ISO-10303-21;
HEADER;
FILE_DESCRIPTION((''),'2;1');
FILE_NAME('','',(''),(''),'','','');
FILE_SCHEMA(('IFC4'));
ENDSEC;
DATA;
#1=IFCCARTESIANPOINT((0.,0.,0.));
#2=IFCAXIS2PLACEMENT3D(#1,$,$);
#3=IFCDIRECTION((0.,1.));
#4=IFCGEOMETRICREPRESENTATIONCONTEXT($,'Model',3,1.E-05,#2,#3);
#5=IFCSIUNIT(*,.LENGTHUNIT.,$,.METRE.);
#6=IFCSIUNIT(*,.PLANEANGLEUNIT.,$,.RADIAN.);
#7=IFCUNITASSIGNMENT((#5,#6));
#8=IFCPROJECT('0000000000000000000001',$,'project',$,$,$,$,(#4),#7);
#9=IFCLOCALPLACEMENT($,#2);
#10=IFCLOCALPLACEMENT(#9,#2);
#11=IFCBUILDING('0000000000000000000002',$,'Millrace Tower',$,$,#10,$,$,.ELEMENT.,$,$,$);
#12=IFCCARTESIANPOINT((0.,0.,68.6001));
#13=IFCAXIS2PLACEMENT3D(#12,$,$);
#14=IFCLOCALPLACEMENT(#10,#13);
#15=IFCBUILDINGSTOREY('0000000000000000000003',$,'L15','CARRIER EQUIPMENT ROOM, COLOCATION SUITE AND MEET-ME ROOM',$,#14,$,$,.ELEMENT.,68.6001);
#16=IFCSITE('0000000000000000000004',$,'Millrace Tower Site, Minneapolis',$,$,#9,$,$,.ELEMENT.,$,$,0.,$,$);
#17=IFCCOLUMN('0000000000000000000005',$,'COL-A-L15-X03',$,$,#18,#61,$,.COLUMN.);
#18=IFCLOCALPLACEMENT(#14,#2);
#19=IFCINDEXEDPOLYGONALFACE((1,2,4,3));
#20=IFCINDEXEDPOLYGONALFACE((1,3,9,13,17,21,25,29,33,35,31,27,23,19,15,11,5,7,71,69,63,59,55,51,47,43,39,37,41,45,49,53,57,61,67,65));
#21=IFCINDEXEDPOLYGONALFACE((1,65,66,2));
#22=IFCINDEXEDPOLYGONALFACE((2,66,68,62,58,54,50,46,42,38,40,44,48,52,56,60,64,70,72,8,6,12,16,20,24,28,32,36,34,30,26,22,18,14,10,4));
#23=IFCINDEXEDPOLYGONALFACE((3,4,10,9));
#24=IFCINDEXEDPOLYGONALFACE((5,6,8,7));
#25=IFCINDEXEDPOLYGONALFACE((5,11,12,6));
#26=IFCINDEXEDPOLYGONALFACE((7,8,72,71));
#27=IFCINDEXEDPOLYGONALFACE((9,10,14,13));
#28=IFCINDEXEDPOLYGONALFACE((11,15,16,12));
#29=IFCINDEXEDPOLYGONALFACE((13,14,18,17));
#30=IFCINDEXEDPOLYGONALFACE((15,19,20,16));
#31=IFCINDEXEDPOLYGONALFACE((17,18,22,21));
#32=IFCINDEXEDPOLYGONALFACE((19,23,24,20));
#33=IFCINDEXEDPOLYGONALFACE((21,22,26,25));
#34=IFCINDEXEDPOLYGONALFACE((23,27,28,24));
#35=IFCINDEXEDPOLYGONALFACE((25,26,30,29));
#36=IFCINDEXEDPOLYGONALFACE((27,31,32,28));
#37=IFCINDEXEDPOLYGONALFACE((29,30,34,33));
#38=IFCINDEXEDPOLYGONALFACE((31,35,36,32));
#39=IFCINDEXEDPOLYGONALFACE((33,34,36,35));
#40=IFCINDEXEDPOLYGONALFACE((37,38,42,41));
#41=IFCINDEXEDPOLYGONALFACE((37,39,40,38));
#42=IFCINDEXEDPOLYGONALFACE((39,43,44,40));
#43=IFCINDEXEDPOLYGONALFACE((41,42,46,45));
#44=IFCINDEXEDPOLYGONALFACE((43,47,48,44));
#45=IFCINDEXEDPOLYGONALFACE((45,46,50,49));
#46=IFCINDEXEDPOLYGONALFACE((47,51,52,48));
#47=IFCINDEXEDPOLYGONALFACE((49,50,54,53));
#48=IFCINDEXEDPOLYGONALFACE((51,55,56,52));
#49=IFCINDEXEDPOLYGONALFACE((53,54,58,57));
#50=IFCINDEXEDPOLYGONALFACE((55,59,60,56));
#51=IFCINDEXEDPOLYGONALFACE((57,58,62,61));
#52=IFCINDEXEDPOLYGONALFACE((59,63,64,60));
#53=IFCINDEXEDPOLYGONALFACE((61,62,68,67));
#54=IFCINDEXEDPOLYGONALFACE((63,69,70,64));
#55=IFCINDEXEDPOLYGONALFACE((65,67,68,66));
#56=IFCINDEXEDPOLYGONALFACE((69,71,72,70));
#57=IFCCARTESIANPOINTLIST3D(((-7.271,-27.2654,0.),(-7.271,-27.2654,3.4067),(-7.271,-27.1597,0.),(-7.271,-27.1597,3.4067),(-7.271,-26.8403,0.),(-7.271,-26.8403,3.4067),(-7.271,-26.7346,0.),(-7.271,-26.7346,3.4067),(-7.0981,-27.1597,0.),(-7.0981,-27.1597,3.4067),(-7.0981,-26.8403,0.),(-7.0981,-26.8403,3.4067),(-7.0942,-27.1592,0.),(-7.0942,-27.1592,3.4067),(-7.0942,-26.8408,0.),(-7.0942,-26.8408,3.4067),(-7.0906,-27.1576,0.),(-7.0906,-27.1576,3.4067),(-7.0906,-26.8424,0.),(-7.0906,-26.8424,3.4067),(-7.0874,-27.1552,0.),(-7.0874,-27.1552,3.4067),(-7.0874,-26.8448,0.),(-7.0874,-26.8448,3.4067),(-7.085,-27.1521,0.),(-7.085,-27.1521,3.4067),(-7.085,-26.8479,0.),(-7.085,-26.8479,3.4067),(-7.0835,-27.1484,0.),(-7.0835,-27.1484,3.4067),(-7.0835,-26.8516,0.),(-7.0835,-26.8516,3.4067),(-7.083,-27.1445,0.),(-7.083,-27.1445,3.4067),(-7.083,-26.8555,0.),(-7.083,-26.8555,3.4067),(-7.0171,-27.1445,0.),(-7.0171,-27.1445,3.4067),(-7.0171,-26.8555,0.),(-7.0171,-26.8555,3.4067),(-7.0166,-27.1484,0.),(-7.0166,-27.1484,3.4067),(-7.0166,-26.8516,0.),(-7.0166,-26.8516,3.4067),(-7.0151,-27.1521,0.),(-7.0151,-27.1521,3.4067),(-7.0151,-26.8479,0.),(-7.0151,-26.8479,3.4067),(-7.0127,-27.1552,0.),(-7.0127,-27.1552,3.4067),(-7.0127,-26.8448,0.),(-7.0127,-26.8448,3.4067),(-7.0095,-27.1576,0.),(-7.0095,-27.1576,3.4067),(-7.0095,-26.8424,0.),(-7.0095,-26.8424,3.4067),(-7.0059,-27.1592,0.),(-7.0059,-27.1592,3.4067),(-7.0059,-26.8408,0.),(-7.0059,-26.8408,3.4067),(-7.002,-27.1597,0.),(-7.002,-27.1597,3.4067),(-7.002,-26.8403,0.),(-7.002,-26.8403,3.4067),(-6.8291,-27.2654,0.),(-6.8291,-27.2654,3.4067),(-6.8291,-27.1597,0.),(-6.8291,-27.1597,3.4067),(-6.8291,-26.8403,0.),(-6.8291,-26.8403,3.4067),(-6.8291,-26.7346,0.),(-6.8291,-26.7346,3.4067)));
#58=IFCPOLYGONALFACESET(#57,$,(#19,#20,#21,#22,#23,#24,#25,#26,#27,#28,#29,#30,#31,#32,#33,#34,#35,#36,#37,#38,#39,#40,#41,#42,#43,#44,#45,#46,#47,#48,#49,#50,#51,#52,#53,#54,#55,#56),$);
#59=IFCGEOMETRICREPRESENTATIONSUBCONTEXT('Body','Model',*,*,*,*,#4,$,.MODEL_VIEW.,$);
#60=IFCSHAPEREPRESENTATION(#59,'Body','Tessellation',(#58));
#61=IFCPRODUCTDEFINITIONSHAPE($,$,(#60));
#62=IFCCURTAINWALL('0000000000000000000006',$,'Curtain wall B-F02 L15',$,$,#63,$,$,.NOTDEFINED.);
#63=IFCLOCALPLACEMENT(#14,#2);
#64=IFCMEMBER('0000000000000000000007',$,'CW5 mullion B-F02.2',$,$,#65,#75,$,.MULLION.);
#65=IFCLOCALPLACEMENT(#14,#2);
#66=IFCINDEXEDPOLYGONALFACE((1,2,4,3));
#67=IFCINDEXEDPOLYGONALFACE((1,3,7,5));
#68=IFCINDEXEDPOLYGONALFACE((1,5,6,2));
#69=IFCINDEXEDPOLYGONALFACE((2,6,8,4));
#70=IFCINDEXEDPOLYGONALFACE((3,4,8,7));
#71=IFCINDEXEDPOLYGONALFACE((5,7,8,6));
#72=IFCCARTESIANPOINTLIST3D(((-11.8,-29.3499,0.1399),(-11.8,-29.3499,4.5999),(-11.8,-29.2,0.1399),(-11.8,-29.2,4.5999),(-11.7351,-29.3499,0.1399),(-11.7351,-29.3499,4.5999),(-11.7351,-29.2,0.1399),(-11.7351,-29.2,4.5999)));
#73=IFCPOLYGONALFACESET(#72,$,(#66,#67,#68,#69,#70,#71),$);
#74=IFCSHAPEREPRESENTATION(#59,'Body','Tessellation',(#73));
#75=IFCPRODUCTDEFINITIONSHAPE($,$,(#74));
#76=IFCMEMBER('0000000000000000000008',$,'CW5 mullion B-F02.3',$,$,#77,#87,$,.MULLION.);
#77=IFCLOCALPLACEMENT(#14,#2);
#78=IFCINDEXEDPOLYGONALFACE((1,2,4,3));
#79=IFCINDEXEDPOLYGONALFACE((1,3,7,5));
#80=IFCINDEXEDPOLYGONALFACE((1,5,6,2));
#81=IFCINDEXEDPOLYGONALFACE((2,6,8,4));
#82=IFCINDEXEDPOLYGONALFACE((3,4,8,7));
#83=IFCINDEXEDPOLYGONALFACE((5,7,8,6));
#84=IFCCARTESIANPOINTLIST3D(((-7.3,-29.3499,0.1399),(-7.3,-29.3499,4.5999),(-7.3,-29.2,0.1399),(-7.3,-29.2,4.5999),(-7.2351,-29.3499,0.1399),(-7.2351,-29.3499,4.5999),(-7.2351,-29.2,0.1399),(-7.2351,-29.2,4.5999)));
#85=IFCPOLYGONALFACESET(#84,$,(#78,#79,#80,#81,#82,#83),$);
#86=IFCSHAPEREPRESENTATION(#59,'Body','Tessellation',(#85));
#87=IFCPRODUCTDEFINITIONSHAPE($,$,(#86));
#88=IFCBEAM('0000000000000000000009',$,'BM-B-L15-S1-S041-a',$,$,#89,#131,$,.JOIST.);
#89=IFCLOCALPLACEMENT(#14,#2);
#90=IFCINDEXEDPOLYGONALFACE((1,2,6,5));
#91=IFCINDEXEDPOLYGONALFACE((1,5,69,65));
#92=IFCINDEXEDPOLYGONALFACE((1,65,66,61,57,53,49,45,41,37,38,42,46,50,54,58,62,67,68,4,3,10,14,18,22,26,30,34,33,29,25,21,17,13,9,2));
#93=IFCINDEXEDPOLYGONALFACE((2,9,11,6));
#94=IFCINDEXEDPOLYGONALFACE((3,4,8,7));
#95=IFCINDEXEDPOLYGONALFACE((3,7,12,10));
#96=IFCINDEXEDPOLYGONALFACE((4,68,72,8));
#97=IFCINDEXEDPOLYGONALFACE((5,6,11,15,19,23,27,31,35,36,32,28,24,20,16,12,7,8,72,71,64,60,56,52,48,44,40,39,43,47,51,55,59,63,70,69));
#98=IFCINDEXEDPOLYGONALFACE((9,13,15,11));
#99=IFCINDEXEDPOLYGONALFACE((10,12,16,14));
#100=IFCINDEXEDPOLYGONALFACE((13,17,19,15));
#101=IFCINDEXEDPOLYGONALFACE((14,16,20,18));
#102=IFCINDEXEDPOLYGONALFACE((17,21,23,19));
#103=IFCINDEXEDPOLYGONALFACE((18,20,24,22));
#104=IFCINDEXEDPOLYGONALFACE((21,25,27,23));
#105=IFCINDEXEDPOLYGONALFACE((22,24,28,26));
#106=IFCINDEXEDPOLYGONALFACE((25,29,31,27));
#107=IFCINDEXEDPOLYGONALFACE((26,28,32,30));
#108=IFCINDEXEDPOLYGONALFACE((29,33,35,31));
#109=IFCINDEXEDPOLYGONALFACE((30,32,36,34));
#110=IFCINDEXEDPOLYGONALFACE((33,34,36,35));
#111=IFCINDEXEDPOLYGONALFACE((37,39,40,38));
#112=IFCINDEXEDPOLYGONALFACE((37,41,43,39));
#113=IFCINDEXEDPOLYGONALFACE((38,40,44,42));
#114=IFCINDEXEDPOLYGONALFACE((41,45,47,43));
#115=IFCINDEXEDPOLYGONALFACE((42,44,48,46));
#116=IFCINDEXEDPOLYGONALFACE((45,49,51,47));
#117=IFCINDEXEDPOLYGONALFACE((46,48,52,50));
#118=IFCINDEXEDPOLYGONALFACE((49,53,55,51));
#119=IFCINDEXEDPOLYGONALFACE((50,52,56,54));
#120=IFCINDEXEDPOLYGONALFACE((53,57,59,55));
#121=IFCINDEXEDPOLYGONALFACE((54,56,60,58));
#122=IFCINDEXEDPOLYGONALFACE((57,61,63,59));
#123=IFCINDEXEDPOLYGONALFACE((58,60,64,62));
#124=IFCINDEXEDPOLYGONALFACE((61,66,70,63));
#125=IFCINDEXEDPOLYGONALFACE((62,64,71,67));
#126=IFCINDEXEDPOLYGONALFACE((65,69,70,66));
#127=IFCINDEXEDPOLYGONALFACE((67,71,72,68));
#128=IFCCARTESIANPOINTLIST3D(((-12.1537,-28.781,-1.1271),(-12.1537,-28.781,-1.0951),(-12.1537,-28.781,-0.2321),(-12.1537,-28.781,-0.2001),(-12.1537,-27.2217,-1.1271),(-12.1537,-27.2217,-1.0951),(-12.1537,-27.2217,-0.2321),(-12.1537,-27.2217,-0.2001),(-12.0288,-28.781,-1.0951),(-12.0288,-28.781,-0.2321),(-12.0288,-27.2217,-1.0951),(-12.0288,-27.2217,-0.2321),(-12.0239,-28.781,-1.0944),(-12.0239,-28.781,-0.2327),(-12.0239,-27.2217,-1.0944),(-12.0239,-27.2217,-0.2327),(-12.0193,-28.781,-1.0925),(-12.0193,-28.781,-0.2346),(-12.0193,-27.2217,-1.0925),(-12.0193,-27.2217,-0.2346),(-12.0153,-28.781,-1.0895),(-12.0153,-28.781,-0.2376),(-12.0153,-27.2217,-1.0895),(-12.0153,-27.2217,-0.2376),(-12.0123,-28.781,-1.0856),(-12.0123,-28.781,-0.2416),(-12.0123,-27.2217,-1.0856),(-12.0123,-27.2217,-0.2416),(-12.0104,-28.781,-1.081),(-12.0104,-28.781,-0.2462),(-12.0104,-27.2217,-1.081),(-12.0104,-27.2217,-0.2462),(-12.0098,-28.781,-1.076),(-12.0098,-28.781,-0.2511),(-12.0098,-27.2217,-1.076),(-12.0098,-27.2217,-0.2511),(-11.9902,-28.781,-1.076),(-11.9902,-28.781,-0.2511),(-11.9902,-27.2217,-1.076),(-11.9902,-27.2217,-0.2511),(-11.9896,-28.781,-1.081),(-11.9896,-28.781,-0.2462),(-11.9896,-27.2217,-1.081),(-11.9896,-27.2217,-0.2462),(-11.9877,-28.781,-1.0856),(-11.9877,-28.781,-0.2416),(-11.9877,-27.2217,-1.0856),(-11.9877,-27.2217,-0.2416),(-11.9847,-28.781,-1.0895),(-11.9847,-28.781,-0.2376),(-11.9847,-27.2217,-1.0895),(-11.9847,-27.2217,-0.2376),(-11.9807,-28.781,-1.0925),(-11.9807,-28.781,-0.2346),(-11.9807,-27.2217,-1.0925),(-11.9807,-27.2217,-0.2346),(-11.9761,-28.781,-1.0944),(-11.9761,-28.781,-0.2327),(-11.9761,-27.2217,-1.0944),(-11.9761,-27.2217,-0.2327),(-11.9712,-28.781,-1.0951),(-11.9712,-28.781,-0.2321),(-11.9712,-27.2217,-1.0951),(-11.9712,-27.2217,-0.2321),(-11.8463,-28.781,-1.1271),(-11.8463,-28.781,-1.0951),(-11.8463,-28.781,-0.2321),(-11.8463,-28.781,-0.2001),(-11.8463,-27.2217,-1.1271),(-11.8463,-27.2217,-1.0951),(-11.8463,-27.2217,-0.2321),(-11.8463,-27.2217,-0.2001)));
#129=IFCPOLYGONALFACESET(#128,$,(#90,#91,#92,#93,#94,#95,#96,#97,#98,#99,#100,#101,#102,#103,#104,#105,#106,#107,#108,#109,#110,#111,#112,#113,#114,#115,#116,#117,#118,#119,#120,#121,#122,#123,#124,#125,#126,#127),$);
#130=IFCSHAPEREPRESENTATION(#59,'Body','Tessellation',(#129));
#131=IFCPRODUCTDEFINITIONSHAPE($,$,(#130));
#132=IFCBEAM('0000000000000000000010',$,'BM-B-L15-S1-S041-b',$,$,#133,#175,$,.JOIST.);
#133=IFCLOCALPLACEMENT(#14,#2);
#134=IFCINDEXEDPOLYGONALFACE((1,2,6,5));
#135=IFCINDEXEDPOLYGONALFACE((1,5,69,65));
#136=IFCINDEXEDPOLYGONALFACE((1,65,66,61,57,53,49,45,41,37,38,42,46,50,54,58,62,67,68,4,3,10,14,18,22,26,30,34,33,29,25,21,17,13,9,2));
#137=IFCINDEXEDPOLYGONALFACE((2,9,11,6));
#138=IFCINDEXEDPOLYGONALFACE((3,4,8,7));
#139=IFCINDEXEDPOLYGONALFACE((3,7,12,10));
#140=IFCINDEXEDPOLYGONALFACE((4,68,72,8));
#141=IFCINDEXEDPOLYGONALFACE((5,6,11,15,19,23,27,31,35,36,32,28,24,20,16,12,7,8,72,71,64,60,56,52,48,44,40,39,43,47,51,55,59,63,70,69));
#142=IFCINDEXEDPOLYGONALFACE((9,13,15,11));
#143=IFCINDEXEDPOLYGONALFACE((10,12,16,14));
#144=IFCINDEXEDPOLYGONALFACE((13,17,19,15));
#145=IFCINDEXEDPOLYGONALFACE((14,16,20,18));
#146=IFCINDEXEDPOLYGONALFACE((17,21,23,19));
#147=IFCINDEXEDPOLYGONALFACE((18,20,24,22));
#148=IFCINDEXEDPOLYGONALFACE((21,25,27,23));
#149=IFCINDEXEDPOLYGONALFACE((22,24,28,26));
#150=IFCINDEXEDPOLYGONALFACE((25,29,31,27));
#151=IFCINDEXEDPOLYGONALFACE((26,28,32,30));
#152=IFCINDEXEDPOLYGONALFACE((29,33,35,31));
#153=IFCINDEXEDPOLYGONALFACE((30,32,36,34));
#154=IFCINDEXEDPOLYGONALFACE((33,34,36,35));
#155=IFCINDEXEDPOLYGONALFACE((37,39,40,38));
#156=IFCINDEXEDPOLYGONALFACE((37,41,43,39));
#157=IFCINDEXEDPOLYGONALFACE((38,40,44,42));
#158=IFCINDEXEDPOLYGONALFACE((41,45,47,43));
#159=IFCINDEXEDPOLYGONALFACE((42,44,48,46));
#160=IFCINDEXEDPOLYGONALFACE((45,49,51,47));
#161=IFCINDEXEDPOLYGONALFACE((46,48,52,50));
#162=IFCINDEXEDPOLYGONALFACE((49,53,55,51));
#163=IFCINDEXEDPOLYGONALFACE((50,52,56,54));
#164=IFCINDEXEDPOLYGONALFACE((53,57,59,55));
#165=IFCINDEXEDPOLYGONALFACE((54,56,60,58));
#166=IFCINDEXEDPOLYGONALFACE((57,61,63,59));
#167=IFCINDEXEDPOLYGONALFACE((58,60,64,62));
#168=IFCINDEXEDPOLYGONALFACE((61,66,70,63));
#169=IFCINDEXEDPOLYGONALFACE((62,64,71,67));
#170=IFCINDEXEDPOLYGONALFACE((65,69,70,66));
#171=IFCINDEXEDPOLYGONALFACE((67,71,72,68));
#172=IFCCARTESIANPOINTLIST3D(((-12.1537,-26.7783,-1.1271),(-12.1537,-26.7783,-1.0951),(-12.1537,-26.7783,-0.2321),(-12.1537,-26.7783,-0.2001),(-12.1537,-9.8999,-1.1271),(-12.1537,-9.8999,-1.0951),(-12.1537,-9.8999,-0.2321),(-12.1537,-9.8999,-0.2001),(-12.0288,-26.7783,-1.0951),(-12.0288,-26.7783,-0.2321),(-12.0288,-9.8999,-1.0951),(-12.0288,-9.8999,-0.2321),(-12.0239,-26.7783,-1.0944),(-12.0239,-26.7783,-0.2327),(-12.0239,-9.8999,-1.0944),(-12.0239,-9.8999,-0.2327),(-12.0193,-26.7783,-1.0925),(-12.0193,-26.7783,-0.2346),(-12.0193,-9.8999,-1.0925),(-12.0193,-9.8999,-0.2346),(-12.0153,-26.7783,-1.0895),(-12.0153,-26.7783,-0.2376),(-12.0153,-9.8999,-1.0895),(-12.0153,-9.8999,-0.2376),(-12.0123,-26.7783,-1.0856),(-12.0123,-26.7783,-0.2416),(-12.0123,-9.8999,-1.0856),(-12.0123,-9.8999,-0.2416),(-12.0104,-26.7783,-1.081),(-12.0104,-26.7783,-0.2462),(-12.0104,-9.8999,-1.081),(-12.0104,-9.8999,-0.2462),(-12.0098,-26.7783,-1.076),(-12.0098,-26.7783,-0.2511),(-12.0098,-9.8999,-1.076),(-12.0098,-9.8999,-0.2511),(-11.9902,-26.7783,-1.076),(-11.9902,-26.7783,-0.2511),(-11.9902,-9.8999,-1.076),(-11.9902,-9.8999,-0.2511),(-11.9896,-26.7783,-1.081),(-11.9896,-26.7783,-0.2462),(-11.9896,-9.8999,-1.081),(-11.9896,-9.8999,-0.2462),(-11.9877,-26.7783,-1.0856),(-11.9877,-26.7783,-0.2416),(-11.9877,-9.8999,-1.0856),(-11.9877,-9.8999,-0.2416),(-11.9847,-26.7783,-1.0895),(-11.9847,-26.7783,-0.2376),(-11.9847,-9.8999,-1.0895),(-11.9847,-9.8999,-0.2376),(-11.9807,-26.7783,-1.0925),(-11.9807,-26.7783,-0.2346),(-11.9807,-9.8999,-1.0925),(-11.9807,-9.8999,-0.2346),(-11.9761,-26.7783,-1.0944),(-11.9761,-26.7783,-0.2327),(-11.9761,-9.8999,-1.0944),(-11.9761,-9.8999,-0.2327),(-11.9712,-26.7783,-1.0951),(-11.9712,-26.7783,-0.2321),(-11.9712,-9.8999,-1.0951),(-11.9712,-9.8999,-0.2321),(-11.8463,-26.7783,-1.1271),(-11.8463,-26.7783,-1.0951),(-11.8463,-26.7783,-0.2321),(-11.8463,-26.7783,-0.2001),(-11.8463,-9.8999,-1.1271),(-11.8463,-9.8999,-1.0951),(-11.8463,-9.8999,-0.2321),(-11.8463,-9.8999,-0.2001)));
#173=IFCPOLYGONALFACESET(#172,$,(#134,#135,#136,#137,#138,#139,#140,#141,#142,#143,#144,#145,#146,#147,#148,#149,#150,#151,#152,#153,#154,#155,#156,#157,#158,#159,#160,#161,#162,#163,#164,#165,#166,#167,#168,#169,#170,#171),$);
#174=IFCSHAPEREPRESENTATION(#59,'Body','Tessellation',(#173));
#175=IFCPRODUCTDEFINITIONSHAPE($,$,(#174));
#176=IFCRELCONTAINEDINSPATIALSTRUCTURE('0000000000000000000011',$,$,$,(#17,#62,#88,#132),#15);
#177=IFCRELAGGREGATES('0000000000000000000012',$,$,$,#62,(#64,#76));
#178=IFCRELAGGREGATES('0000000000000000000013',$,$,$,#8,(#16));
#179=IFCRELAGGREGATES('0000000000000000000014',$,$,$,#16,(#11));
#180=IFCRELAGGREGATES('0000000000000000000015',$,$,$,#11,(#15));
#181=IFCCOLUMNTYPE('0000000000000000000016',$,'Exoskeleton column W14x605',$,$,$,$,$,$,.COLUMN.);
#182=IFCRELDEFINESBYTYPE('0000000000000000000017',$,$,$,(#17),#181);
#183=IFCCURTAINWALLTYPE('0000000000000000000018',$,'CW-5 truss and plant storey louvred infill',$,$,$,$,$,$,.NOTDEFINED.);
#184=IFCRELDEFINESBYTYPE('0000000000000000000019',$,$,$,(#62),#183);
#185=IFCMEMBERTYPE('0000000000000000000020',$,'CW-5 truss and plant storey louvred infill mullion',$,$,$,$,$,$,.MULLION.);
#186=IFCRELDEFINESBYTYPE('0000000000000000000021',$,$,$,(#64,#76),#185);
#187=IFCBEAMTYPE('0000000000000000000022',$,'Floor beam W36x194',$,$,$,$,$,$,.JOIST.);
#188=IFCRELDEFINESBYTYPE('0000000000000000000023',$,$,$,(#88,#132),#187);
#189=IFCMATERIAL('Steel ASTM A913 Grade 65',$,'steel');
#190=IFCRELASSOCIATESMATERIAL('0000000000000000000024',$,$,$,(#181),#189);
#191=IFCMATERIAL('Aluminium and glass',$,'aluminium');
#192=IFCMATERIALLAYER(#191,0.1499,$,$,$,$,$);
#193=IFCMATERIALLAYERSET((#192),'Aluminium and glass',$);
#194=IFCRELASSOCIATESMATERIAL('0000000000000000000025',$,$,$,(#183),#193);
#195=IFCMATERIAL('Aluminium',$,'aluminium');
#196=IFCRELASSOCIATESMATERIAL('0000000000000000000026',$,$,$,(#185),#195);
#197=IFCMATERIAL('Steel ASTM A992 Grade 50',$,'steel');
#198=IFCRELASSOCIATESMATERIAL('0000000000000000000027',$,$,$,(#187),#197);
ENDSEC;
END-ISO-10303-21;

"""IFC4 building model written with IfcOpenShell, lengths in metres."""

from ifc_helpers import new_model, si_unit, direction, frame, origin, origin_2d, place, context, subcontext, project, spatial, rectangle, i_section, extrude, material, layer, layer_set, material_profile, profile_set, type_object, element, aggregate, save


model = new_model("IFC4")

# Units and contexts
model_context = context("Model", 3, precision=1e-05, world=origin(), true_north=direction((0.0, 1.0)))
body_context = subcontext(model_context, "Body", "Model", "MODEL_VIEW")
ifc_project = project(units=[si_unit("LENGTHUNIT", "METRE"), si_unit("PLANEANGLEUNIT", "RADIAN")], contexts=[model_context])

# Site, building, storey
site_placement = place(None, origin())
site = spatial("IfcSite", under=ifc_project, at=site_placement, Name="Millrace Tower Site, Minneapolis", CompositionType="ELEMENT", RefElevation=0.0)
building_placement = place(site_placement, origin())
building = spatial("IfcBuilding", under=site, at=building_placement, Name="Millrace Tower", CompositionType="ELEMENT")
storey_placement = place(building_placement, frame((0.0, 0.0, 68.6001)))
storey = spatial("IfcBuildingStorey", under=building, at=storey_placement, Name="L15", Description="CARRIER EQUIPMENT ROOM, COLOCATION SUITE AND MEET-ME ROOM", CompositionType="ELEMENT", Elevation=68.6001)

# Column
ifc_material_1 = material(Name="Steel ASTM A913 Grade 65", Category="steel")
ifc_material_profile_1 = material_profile(ifc_material_1, i_section(OverallWidth=0.4419, OverallDepth=0.5308, WebThickness=0.0659, FlangeThickness=0.1057, FilletRadius=0.0151, at=origin_2d()))
ifc_profile_set_1 = profile_set([ifc_material_profile_1], Name="Steel ASTM A913 Grade 65")
column_type = type_object("IfcColumnType", Name="Exoskeleton column W14x605", PredefinedType="COLUMN", material=ifc_profile_set_1)
column_placement = place(storey_placement, frame((-7.05, -27.0, 0.0), z_axis=(0.0, 0.0, 1.0), x_axis=(1.0, 0.0, 0.0)))
element("IfcColumn", 1, at=column_placement, inside=storey, type_object=column_type, Name="COL-A-L15-X03", PredefinedType="COLUMN", context=body_context, shape_type="SweptSolid", body=[
    extrude(i_section(OverallWidth=0.4419, OverallDepth=0.5308, WebThickness=0.0659, FlangeThickness=0.1057, FilletRadius=0.0151, at=origin_2d()), origin(), (0.0, 0.0, 1.0), 3.4067),
])

# Curtain wall, members
ifc_material_2 = material(Name="Aluminium and glass", Category="aluminium")
ifc_layer_1 = layer(ifc_material_2, 0.1499)
ifc_layer_set_1 = layer_set([ifc_layer_1], Name="Aluminium and glass")
curtain_wall_type = type_object("IfcCurtainWallType", Name="CW-5 truss and plant storey louvred infill", PredefinedType="NOTDEFINED", material=ifc_layer_set_1)
curtain_wall_placement = place(storey_placement, origin())
curtain_wall = element("IfcCurtainWall", 2, at=curtain_wall_placement, inside=storey, type_object=curtain_wall_type, Name="Curtain wall B-F02 L15", PredefinedType="NOTDEFINED")
ifc_material_3 = material(Name="Aluminium", Category="aluminium")
ifc_material_profile_2 = material_profile(ifc_material_3, rectangle(XDim=0.0649, YDim=0.1499, at=origin_2d()))
ifc_profile_set_2 = profile_set([ifc_material_profile_2], Name="Aluminium")
member_type_1 = type_object("IfcMemberType", Name="CW-5 truss and plant storey louvred infill mullion", PredefinedType="MULLION", material=ifc_profile_set_2)
member_1_placement = place(storey_placement, frame((-11.7676, -29.2749, 0.1399), z_axis=(0.0, 0.0, 1.0), x_axis=(1.0, 0.0, 0.0)))
member_1 = element("IfcMember", 3, at=member_1_placement, type_object=member_type_1, Name="CW5 mullion B-F02.2", PredefinedType="MULLION", context=body_context, shape_type="SweptSolid", body=[
    extrude(rectangle(XDim=0.0649, YDim=0.1499, at=origin_2d()), origin(), (0.0, 0.0, 1.0), 4.46),
])
member_2_placement = place(storey_placement, frame((-7.2676, -29.2749, 0.1399), z_axis=(0.0, 0.0, 1.0), x_axis=(1.0, 0.0, 0.0)))
member_2 = element("IfcMember", 4, at=member_2_placement, type_object=member_type_1, Name="CW5 mullion B-F02.3", PredefinedType="MULLION", context=body_context, shape_type="SweptSolid", body=[
    extrude(rectangle(XDim=0.0649, YDim=0.1499, at=origin_2d()), origin(), (0.0, 0.0, 1.0), 4.46),
])
aggregate(curtain_wall, [member_1, member_2])

# Beams
ifc_material_4 = material(Name="Steel ASTM A992 Grade 50", Category="steel")
ifc_material_profile_3 = material_profile(ifc_material_4, i_section(OverallWidth=0.3074, OverallDepth=0.927, WebThickness=0.0195, FlangeThickness=0.032, FilletRadius=0.019, at=origin_2d()))
ifc_profile_set_3 = profile_set([ifc_material_profile_3], Name="Steel ASTM A992 Grade 50")
beam_type_1 = type_object("IfcBeamType", Name="Floor beam W36x194", PredefinedType="JOIST", material=ifc_profile_set_3)
beam_1_placement = place(storey_placement, frame((-12.0, -28.781, -0.6636), z_axis=(0.0, 1.0, 0.0), x_axis=(-1.0, 0.0, 0.0)))
element("IfcBeam", 5, at=beam_1_placement, inside=storey, type_object=beam_type_1, Name="BM-B-L15-S1-S041-a", PredefinedType="JOIST", context=body_context, shape_type="SweptSolid", body=[
    extrude(i_section(OverallWidth=0.3074, OverallDepth=0.927, WebThickness=0.0195, FlangeThickness=0.032, FilletRadius=0.019, at=origin_2d()), origin(), (0.0, 0.0, 1.0), 1.5593),
])
beam_2_placement = place(storey_placement, frame((-12.0, -26.7783, -0.6636), z_axis=(0.0, 1.0, 0.0), x_axis=(-1.0, 0.0, 0.0)))
element("IfcBeam", 6, at=beam_2_placement, inside=storey, type_object=beam_type_1, Name="BM-B-L15-S1-S041-b", PredefinedType="JOIST", context=body_context, shape_type="SweptSolid", body=[
    extrude(i_section(OverallWidth=0.3074, OverallDepth=0.927, WebThickness=0.0195, FlangeThickness=0.032, FilletRadius=0.019, at=origin_2d()), origin(), (0.0, 0.0, 1.0), 16.8784),
])

save(model, "model.ifc")
